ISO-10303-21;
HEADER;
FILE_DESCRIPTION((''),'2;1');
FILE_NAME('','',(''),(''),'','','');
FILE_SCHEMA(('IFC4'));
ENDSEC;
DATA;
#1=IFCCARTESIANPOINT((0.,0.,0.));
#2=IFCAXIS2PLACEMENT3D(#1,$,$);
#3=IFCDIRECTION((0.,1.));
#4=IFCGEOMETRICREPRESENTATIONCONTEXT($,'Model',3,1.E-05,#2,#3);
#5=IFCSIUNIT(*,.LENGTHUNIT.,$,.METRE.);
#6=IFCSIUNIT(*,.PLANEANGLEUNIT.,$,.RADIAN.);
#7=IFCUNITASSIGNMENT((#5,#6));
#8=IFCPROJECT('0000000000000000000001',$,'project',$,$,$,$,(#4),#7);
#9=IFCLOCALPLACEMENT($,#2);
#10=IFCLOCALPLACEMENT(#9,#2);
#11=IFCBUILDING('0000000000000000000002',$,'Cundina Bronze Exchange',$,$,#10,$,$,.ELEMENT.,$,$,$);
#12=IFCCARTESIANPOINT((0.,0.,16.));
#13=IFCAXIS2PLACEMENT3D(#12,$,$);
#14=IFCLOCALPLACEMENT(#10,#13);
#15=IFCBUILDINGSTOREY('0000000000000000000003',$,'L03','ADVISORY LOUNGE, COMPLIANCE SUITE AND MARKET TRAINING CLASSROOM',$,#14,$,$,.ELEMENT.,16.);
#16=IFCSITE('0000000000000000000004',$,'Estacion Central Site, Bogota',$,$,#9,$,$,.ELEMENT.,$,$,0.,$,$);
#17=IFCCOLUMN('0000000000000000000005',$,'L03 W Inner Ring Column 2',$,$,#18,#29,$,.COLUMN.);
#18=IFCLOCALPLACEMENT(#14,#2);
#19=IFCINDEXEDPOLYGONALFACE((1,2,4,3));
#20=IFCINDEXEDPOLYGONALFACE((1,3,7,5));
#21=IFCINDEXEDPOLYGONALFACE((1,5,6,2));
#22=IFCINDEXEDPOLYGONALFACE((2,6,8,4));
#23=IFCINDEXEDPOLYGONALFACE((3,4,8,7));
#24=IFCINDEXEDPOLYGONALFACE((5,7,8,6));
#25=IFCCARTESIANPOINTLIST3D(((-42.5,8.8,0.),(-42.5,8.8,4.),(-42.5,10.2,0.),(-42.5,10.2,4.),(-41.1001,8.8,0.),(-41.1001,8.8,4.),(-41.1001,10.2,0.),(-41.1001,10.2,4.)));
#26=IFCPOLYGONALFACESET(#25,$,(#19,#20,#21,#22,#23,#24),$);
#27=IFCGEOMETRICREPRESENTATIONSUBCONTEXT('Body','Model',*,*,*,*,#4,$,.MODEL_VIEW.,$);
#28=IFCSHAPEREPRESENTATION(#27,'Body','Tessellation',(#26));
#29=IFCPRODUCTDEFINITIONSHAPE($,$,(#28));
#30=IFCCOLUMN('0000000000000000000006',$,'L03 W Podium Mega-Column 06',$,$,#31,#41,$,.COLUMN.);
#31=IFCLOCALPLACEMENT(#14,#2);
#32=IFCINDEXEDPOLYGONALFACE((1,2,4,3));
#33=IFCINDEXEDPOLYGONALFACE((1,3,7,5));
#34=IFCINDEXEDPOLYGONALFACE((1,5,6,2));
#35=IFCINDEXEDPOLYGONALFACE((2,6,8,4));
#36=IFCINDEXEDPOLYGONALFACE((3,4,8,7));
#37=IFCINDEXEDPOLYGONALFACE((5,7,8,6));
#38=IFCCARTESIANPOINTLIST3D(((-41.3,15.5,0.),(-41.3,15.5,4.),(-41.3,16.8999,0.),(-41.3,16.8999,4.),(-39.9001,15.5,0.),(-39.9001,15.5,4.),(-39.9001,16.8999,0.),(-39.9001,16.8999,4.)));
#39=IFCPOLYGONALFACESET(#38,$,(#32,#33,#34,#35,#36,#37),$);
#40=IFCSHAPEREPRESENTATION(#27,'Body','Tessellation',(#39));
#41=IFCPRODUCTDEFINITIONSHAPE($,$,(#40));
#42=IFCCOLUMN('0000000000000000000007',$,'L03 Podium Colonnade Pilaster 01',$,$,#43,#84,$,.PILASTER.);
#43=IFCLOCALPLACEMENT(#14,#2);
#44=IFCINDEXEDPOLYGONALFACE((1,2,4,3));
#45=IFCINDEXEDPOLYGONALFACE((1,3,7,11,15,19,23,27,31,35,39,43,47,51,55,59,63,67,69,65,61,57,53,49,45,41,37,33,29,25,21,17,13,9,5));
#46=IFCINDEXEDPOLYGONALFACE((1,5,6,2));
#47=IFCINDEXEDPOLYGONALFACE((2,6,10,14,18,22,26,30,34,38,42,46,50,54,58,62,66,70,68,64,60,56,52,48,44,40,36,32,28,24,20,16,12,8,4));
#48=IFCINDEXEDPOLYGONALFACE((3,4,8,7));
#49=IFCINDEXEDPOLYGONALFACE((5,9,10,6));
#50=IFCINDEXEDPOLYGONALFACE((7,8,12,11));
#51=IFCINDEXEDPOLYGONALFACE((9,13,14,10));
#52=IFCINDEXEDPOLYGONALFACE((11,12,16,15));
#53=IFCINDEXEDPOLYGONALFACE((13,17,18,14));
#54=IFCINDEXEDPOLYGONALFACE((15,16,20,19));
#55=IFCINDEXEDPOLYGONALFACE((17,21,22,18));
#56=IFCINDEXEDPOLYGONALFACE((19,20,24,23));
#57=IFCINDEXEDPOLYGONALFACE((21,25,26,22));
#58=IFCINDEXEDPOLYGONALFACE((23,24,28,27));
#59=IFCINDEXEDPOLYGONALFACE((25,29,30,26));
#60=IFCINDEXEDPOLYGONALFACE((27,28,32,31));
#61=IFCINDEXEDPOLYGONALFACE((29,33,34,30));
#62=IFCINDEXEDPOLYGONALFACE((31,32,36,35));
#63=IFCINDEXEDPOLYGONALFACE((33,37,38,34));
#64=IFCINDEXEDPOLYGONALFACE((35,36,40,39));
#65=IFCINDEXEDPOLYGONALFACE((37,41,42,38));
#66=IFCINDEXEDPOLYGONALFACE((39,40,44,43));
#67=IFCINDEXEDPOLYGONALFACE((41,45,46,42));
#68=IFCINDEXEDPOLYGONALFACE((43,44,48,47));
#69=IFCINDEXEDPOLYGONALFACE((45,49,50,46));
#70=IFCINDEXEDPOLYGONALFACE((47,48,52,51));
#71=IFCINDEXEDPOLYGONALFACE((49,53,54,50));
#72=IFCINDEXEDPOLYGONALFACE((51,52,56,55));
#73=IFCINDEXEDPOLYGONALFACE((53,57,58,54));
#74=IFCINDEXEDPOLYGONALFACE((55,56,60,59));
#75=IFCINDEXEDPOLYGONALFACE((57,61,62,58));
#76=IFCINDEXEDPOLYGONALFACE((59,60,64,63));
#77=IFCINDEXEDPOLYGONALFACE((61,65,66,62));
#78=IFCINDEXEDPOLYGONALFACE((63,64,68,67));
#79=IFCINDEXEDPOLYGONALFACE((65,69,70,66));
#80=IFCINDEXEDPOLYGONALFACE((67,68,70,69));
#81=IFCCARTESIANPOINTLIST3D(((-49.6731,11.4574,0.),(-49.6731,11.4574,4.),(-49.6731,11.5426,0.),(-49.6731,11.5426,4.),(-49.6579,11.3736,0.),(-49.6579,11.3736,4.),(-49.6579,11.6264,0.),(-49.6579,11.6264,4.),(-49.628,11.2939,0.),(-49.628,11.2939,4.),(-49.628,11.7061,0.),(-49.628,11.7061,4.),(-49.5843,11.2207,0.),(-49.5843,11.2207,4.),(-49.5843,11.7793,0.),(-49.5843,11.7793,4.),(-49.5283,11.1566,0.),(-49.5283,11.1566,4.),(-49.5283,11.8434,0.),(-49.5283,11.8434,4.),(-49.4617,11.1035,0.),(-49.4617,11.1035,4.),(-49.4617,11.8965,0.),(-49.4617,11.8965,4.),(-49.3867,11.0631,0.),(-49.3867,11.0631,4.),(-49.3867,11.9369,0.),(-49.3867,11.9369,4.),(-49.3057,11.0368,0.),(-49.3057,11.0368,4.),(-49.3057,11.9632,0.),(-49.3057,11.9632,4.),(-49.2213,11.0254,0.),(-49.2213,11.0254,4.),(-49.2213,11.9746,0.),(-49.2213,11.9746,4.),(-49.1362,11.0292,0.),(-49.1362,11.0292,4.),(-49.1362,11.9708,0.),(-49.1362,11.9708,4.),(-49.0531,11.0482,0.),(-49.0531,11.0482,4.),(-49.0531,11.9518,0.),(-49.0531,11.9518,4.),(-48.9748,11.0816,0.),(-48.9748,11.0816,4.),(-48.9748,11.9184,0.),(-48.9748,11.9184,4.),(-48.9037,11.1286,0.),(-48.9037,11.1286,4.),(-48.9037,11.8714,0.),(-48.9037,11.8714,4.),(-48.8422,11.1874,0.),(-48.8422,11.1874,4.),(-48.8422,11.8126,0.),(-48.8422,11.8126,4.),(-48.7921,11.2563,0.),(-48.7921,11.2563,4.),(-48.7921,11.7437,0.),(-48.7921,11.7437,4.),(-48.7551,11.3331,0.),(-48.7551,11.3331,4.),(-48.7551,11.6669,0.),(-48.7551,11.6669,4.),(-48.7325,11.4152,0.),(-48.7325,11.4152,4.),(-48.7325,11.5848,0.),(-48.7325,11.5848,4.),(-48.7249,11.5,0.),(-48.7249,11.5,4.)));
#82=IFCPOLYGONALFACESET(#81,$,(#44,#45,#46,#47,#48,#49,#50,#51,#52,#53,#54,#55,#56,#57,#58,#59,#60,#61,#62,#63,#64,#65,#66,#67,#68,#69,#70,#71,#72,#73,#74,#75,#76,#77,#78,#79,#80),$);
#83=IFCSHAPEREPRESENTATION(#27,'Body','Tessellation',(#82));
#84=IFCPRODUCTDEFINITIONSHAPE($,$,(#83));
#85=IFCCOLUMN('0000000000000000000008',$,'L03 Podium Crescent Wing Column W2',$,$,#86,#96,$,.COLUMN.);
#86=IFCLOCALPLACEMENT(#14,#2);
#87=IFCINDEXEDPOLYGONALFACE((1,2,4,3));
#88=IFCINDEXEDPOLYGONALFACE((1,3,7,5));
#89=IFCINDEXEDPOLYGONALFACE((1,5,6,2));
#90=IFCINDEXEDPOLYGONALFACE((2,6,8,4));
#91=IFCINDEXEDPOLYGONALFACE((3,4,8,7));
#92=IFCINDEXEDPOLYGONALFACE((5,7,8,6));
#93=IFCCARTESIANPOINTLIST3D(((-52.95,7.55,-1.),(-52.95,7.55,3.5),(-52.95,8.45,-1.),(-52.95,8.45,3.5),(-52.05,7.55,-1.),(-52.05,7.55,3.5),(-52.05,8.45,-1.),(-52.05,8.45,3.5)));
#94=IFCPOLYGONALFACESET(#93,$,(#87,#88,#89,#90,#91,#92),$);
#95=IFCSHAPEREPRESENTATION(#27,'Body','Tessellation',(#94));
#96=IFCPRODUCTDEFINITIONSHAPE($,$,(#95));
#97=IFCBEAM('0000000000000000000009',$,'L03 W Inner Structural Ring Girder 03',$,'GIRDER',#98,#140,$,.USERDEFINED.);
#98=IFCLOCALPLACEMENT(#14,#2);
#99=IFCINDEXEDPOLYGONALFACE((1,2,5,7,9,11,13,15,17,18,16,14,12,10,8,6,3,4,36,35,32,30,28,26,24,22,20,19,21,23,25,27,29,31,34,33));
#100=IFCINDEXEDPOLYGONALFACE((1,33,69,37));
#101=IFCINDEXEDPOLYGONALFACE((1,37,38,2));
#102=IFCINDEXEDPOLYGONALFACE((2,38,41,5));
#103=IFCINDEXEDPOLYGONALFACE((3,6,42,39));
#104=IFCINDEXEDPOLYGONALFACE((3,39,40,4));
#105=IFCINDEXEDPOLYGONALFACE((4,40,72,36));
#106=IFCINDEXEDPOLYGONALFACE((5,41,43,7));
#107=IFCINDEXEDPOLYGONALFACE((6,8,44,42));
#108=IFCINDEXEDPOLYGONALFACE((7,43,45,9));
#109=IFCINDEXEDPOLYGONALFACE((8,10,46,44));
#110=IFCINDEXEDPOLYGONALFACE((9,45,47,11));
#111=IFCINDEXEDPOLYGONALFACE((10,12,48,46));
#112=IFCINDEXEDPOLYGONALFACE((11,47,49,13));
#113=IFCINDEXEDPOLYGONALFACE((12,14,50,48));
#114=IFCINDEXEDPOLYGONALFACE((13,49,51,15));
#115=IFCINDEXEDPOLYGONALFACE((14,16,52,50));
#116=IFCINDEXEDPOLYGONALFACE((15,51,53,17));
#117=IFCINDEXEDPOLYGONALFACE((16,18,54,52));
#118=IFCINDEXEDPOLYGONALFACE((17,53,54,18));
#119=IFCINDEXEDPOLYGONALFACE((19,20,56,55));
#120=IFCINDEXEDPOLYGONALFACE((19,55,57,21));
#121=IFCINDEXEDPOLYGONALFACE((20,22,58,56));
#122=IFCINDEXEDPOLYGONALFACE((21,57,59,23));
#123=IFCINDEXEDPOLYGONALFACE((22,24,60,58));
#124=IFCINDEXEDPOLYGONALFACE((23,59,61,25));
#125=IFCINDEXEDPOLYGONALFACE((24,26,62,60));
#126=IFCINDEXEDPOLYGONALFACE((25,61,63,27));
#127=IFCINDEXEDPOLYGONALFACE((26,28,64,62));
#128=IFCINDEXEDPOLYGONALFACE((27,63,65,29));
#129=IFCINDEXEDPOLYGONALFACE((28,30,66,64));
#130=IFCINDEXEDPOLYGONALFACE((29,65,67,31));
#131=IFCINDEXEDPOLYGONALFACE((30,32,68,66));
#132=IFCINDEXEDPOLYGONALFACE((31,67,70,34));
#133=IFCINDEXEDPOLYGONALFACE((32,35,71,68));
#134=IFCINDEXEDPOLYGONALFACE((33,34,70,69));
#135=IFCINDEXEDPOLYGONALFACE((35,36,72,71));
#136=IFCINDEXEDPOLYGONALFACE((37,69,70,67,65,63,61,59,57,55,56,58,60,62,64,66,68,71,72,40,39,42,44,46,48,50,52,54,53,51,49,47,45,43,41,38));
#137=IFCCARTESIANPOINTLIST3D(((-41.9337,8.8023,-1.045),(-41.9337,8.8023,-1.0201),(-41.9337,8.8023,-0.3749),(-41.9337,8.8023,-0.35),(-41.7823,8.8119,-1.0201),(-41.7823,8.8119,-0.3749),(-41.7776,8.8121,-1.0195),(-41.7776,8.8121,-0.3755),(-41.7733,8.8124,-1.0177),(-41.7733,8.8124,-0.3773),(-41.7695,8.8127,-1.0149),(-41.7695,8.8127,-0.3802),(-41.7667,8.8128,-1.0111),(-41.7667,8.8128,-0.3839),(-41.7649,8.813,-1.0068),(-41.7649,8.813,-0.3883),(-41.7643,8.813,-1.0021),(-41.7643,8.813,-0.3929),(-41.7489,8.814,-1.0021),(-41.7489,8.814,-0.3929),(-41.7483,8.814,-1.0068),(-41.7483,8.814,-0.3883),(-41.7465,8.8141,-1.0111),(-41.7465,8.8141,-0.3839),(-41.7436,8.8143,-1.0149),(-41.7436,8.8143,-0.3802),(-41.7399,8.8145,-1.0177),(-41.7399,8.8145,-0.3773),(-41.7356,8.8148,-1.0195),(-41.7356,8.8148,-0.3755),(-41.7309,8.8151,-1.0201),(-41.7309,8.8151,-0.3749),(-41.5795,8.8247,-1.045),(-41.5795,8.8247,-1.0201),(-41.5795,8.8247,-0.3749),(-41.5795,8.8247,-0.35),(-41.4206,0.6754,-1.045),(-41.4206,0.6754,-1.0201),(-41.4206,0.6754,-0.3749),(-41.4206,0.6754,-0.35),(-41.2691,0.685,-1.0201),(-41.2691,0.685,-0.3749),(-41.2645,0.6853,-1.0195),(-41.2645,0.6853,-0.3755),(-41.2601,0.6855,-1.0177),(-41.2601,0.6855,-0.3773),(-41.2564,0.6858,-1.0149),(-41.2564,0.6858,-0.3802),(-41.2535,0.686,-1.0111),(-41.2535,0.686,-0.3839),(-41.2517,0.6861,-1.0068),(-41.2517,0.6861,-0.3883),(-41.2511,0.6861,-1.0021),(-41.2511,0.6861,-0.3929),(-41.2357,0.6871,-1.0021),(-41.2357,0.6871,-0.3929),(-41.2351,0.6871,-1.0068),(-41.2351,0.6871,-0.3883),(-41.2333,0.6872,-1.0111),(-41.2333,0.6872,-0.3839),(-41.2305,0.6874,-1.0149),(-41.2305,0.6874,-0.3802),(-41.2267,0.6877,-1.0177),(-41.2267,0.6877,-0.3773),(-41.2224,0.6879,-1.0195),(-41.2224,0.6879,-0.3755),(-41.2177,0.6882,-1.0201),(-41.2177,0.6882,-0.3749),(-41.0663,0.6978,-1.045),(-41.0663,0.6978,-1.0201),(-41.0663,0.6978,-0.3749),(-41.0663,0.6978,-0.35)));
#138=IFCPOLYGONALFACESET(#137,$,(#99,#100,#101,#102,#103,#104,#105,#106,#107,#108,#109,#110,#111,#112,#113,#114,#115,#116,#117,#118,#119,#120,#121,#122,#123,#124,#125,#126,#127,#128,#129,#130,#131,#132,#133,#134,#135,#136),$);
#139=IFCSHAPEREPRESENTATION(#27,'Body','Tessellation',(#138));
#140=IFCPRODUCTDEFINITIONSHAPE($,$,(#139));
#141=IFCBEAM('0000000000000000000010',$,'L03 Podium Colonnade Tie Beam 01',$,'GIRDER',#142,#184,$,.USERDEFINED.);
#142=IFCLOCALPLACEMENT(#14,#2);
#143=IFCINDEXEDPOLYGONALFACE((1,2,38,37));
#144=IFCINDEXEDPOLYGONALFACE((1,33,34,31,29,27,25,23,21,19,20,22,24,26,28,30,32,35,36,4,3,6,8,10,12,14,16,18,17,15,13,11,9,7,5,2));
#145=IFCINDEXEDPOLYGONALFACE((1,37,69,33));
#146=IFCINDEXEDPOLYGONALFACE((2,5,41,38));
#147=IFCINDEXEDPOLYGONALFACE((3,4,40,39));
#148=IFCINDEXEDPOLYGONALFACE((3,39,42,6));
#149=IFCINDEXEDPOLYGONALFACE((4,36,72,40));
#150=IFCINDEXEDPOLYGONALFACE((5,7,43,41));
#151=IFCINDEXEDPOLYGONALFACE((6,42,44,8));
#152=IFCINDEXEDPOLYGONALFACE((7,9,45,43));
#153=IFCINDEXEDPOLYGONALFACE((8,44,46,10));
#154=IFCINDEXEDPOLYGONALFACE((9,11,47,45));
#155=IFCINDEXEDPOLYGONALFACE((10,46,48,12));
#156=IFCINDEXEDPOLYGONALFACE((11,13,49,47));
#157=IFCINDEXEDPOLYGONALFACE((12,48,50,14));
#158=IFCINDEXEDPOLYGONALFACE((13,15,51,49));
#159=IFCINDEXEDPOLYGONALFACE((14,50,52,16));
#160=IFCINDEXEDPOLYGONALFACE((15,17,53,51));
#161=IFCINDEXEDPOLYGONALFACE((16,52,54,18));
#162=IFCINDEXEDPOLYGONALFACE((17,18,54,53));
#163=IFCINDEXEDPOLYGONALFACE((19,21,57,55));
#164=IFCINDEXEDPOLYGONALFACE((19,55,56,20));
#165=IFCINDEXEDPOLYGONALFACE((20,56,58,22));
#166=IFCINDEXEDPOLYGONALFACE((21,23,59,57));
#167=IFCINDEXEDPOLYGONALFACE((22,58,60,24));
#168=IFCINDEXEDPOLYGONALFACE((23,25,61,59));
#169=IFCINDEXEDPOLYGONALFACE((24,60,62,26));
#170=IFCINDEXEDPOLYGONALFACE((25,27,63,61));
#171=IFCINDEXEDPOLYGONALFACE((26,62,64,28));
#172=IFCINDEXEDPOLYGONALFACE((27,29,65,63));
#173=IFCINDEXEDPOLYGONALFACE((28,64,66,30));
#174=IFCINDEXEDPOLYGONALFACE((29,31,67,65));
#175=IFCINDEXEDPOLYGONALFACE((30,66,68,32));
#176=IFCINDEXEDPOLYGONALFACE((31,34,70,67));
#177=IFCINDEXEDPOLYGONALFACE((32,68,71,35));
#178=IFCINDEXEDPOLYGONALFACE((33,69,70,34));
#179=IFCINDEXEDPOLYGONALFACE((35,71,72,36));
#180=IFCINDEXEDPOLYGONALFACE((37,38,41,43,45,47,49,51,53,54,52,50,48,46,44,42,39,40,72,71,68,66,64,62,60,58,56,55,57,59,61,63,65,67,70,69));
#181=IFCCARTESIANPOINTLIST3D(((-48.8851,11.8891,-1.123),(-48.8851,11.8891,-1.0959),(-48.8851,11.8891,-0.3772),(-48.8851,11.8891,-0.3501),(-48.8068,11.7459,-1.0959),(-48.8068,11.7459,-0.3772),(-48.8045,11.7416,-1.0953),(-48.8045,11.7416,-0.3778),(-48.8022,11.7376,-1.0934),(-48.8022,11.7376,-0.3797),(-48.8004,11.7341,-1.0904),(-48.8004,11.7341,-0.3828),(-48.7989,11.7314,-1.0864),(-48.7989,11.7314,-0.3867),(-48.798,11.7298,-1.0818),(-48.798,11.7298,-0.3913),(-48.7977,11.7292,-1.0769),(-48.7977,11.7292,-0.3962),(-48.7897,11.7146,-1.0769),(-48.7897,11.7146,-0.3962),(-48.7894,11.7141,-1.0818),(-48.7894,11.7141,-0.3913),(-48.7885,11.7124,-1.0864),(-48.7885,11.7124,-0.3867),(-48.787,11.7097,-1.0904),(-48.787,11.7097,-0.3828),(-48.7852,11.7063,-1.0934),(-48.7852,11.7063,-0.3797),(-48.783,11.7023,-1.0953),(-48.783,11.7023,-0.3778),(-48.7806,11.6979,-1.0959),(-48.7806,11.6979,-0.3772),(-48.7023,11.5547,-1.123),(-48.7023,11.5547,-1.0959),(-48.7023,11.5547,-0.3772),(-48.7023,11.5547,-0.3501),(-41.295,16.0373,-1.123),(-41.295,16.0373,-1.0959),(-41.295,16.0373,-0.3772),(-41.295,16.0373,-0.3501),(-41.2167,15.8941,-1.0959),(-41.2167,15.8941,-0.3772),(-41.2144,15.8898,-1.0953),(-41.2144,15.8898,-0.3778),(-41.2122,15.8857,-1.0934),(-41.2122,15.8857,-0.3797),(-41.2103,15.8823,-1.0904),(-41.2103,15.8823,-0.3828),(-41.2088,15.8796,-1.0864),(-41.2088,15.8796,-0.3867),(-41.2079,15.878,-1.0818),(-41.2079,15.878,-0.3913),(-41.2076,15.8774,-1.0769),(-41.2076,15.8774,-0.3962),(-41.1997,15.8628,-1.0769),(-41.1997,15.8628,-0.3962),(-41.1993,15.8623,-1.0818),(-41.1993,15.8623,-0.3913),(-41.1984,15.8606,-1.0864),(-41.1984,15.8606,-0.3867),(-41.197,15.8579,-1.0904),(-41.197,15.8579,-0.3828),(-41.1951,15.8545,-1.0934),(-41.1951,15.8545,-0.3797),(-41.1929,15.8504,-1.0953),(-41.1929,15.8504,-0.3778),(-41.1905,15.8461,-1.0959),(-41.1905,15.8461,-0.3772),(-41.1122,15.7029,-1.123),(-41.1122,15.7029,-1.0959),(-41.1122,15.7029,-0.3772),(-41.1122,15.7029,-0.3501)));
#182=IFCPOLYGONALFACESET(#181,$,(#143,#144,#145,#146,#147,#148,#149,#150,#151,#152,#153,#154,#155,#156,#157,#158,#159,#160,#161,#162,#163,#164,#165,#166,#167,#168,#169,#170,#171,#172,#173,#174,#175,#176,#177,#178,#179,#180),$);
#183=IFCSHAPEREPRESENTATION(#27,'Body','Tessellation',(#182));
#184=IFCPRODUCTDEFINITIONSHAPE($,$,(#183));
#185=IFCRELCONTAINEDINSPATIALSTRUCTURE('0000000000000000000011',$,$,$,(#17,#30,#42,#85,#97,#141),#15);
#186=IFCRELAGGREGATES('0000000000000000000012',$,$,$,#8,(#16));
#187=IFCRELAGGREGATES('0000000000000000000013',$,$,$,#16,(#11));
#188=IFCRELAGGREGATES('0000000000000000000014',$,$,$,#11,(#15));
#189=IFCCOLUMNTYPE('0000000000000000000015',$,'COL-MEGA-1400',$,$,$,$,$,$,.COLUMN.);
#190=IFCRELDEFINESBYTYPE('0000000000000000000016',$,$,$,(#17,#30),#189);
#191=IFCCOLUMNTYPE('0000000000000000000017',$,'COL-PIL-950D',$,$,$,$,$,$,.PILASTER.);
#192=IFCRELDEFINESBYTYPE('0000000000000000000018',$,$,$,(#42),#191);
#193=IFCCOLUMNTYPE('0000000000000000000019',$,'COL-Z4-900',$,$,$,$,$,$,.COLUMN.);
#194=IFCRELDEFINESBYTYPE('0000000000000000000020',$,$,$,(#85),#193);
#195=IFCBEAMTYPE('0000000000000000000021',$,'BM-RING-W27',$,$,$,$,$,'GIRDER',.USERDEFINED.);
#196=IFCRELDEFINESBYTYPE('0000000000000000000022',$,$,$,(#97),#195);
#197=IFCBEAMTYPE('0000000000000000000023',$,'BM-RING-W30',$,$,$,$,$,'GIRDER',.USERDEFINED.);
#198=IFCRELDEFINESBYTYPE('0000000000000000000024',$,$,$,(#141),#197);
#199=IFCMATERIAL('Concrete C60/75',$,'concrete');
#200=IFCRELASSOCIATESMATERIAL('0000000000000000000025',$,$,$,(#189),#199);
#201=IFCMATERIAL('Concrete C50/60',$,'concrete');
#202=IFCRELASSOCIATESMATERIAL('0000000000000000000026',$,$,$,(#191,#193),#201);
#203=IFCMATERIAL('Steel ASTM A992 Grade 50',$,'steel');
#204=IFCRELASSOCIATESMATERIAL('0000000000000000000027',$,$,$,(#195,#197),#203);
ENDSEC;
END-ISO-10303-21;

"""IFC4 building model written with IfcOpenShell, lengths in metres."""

from ifc_helpers import new_model, si_unit, direction, frame, origin, origin_2d, place, context, subcontext, project, spatial, rectangle, circle, i_section, extrude, material, material_profile, profile_set, type_object, element, save


model = new_model("IFC4")

# Units and contexts
model_context = context("Model", 3, precision=1e-05, world=origin(), true_north=direction((0.0, 1.0)))
body_context = subcontext(model_context, "Body", "Model", "MODEL_VIEW")
ifc_project = project(units=[si_unit("LENGTHUNIT", "METRE"), si_unit("PLANEANGLEUNIT", "RADIAN")], contexts=[model_context])

# Site, building, storey
site_placement = place(None, origin())
site = spatial("IfcSite", under=ifc_project, at=site_placement, Name="Estacion Central Site, Bogota", CompositionType="ELEMENT", RefElevation=0.0)
building_placement = place(site_placement, origin())
building = spatial("IfcBuilding", under=site, at=building_placement, Name="Cundina Bronze Exchange", CompositionType="ELEMENT")
storey_placement = place(building_placement, frame((0.0, 0.0, 16.0)))
storey = spatial("IfcBuildingStorey", under=building, at=storey_placement, Name="L03", Description="ADVISORY LOUNGE, COMPLIANCE SUITE AND MARKET TRAINING CLASSROOM", CompositionType="ELEMENT", Elevation=16.0)

# Columns
ifc_material_1 = material(Name="Concrete C60/75", Category="concrete")
ifc_material_profile_1 = material_profile(ifc_material_1, rectangle(XDim=1.3999, YDim=1.3999, at=origin_2d()), Name="RC1400X1400", Category="concrete")
ifc_profile_set_1 = profile_set([ifc_material_profile_1], Name="Concrete C60/75")
column_type_1 = type_object("IfcColumnType", Name="COL-MEGA-1400", PredefinedType="COLUMN", material=ifc_profile_set_1)
for number, where, z_axis, x_axis, name in (
    (1, (-41.8, 9.5, 0.0), (0.0, 0.0, 1.0), (1.0, 0.0, 0.0), "L03 W Inner Ring Column 2"),
    (2, (-40.6001, 16.2, 0.0), (0.0, 0.0, 1.0), (1.0, 0.0, 0.0), "L03 W Podium Mega-Column 06"),
):
    element("IfcColumn", number, at=place(storey_placement, frame(where, z_axis=z_axis, x_axis=x_axis)), inside=storey, type_object=column_type_1, Name=name, PredefinedType="COLUMN", context=body_context, shape_type="SweptSolid", body=[
        extrude(rectangle(XDim=1.3999, YDim=1.3999, at=origin_2d()), origin(), (0.0, 0.0, 1.0), 4.0),
    ])
ifc_material_2 = material(Name="Concrete C50/60", Category="concrete")
ifc_material_profile_2 = material_profile(ifc_material_2, circle(Radius=0.4751, at=origin_2d()), Name="RC950D", Category="concrete")
ifc_profile_set_2 = profile_set([ifc_material_profile_2], Name="Concrete C50/60")
column_type_2 = type_object("IfcColumnType", Name="COL-PIL-950D", PredefinedType="PILASTER", material=ifc_profile_set_2)
column_1_placement = place(storey_placement, frame((-49.2, 11.5, 0.0), z_axis=(0.0, 0.0, 1.0), x_axis=(1.0, 0.0, 0.0)))
element("IfcColumn", 3, at=column_1_placement, inside=storey, type_object=column_type_2, Name="L03 Podium Colonnade Pilaster 01", PredefinedType="PILASTER", context=body_context, shape_type="SweptSolid", body=[
    extrude(circle(Radius=0.4751, at=origin_2d()), origin(), (0.0, 0.0, 1.0), 4.0),
])
ifc_material_profile_3 = material_profile(ifc_material_2, rectangle(XDim=0.8999, YDim=0.8999, at=origin_2d()), Name="RC900X900", Category="concrete")
ifc_profile_set_3 = profile_set([ifc_material_profile_3], Name="Concrete C50/60")
column_type_3 = type_object("IfcColumnType", Name="COL-Z4-900", PredefinedType="COLUMN", material=ifc_profile_set_3)
column_2_placement = place(storey_placement, frame((-52.5, 8.0, -1.0), z_axis=(0.0, 0.0, 1.0), x_axis=(1.0, 0.0, 0.0)))
element("IfcColumn", 4, at=column_2_placement, inside=storey, type_object=column_type_3, Name="L03 Podium Crescent Wing Column W2", PredefinedType="COLUMN", context=body_context, shape_type="SweptSolid", body=[
    extrude(rectangle(XDim=0.8999, YDim=0.8999, at=origin_2d()), origin(), (0.0, 0.0, 1.0), 4.5),
])

# Beams
ifc_material_3 = material(Name="Steel ASTM A992 Grade 50", Category="steel")
ifc_material_profile_4 = material_profile(ifc_material_3, i_section(OverallWidth=0.355, OverallDepth=0.6951, WebThickness=0.0154, FlangeThickness=0.0249, FilletRadius=0.0181, at=origin_2d()), Name="W27X146", Category="steel")
ifc_profile_set_4 = profile_set([ifc_material_profile_4], Name="Steel ASTM A992 Grade 50")
beam_type_1 = type_object("IfcBeamType", Name="BM-RING-W27", ElementType="GIRDER", PredefinedType="USERDEFINED", material=ifc_profile_set_4)
beam_1_placement = place(storey_placement, frame((-41.7566, 8.8135, -0.6975), z_axis=(0.06302, -0.998012, 0.0), x_axis=(0.998012, 0.06302, 0.0)))
element("IfcBeam", 5, at=beam_1_placement, inside=storey, type_object=beam_type_1, Name="L03 W Inner Structural Ring Girder 03", ObjectType="GIRDER", PredefinedType="USERDEFINED", context=body_context, shape_type="SweptSolid", body=[
    extrude(i_section(OverallWidth=0.355, OverallDepth=0.6951, WebThickness=0.0154, FlangeThickness=0.0249, FilletRadius=0.0181, at=origin_2d()), origin(), (0.0, 0.0, 1.0), 8.1431),
])
ifc_material_profile_5 = material_profile(ifc_material_3, i_section(OverallWidth=0.3811, OverallDepth=0.7729, WebThickness=0.0166, FlangeThickness=0.0271, FilletRadius=0.019, at=origin_2d()), Name="W30X173", Category="steel")
ifc_profile_set_5 = profile_set([ifc_material_profile_5], Name="Steel ASTM A992 Grade 50")
beam_type_2 = type_object("IfcBeamType", Name="BM-RING-W30", ElementType="GIRDER", PredefinedType="USERDEFINED", material=ifc_profile_set_5)
beam_2_placement = place(storey_placement, frame((-48.7937, 11.7219, -0.7366), z_axis=(0.877499, 0.479578, 0.0), x_axis=(-0.479578, 0.877499, 0.0)))
element("IfcBeam", 6, at=beam_2_placement, inside=storey, type_object=beam_type_2, Name="L03 Podium Colonnade Tie Beam 01", ObjectType="GIRDER", PredefinedType="USERDEFINED", context=body_context, shape_type="SweptSolid", body=[
    extrude(i_section(OverallWidth=0.3811, OverallDepth=0.7729, WebThickness=0.0166, FlangeThickness=0.0271, FilletRadius=0.019, at=origin_2d()), origin(), (0.0, 0.0, 1.0), 8.6497),
])

save(model, "model.ifc")
